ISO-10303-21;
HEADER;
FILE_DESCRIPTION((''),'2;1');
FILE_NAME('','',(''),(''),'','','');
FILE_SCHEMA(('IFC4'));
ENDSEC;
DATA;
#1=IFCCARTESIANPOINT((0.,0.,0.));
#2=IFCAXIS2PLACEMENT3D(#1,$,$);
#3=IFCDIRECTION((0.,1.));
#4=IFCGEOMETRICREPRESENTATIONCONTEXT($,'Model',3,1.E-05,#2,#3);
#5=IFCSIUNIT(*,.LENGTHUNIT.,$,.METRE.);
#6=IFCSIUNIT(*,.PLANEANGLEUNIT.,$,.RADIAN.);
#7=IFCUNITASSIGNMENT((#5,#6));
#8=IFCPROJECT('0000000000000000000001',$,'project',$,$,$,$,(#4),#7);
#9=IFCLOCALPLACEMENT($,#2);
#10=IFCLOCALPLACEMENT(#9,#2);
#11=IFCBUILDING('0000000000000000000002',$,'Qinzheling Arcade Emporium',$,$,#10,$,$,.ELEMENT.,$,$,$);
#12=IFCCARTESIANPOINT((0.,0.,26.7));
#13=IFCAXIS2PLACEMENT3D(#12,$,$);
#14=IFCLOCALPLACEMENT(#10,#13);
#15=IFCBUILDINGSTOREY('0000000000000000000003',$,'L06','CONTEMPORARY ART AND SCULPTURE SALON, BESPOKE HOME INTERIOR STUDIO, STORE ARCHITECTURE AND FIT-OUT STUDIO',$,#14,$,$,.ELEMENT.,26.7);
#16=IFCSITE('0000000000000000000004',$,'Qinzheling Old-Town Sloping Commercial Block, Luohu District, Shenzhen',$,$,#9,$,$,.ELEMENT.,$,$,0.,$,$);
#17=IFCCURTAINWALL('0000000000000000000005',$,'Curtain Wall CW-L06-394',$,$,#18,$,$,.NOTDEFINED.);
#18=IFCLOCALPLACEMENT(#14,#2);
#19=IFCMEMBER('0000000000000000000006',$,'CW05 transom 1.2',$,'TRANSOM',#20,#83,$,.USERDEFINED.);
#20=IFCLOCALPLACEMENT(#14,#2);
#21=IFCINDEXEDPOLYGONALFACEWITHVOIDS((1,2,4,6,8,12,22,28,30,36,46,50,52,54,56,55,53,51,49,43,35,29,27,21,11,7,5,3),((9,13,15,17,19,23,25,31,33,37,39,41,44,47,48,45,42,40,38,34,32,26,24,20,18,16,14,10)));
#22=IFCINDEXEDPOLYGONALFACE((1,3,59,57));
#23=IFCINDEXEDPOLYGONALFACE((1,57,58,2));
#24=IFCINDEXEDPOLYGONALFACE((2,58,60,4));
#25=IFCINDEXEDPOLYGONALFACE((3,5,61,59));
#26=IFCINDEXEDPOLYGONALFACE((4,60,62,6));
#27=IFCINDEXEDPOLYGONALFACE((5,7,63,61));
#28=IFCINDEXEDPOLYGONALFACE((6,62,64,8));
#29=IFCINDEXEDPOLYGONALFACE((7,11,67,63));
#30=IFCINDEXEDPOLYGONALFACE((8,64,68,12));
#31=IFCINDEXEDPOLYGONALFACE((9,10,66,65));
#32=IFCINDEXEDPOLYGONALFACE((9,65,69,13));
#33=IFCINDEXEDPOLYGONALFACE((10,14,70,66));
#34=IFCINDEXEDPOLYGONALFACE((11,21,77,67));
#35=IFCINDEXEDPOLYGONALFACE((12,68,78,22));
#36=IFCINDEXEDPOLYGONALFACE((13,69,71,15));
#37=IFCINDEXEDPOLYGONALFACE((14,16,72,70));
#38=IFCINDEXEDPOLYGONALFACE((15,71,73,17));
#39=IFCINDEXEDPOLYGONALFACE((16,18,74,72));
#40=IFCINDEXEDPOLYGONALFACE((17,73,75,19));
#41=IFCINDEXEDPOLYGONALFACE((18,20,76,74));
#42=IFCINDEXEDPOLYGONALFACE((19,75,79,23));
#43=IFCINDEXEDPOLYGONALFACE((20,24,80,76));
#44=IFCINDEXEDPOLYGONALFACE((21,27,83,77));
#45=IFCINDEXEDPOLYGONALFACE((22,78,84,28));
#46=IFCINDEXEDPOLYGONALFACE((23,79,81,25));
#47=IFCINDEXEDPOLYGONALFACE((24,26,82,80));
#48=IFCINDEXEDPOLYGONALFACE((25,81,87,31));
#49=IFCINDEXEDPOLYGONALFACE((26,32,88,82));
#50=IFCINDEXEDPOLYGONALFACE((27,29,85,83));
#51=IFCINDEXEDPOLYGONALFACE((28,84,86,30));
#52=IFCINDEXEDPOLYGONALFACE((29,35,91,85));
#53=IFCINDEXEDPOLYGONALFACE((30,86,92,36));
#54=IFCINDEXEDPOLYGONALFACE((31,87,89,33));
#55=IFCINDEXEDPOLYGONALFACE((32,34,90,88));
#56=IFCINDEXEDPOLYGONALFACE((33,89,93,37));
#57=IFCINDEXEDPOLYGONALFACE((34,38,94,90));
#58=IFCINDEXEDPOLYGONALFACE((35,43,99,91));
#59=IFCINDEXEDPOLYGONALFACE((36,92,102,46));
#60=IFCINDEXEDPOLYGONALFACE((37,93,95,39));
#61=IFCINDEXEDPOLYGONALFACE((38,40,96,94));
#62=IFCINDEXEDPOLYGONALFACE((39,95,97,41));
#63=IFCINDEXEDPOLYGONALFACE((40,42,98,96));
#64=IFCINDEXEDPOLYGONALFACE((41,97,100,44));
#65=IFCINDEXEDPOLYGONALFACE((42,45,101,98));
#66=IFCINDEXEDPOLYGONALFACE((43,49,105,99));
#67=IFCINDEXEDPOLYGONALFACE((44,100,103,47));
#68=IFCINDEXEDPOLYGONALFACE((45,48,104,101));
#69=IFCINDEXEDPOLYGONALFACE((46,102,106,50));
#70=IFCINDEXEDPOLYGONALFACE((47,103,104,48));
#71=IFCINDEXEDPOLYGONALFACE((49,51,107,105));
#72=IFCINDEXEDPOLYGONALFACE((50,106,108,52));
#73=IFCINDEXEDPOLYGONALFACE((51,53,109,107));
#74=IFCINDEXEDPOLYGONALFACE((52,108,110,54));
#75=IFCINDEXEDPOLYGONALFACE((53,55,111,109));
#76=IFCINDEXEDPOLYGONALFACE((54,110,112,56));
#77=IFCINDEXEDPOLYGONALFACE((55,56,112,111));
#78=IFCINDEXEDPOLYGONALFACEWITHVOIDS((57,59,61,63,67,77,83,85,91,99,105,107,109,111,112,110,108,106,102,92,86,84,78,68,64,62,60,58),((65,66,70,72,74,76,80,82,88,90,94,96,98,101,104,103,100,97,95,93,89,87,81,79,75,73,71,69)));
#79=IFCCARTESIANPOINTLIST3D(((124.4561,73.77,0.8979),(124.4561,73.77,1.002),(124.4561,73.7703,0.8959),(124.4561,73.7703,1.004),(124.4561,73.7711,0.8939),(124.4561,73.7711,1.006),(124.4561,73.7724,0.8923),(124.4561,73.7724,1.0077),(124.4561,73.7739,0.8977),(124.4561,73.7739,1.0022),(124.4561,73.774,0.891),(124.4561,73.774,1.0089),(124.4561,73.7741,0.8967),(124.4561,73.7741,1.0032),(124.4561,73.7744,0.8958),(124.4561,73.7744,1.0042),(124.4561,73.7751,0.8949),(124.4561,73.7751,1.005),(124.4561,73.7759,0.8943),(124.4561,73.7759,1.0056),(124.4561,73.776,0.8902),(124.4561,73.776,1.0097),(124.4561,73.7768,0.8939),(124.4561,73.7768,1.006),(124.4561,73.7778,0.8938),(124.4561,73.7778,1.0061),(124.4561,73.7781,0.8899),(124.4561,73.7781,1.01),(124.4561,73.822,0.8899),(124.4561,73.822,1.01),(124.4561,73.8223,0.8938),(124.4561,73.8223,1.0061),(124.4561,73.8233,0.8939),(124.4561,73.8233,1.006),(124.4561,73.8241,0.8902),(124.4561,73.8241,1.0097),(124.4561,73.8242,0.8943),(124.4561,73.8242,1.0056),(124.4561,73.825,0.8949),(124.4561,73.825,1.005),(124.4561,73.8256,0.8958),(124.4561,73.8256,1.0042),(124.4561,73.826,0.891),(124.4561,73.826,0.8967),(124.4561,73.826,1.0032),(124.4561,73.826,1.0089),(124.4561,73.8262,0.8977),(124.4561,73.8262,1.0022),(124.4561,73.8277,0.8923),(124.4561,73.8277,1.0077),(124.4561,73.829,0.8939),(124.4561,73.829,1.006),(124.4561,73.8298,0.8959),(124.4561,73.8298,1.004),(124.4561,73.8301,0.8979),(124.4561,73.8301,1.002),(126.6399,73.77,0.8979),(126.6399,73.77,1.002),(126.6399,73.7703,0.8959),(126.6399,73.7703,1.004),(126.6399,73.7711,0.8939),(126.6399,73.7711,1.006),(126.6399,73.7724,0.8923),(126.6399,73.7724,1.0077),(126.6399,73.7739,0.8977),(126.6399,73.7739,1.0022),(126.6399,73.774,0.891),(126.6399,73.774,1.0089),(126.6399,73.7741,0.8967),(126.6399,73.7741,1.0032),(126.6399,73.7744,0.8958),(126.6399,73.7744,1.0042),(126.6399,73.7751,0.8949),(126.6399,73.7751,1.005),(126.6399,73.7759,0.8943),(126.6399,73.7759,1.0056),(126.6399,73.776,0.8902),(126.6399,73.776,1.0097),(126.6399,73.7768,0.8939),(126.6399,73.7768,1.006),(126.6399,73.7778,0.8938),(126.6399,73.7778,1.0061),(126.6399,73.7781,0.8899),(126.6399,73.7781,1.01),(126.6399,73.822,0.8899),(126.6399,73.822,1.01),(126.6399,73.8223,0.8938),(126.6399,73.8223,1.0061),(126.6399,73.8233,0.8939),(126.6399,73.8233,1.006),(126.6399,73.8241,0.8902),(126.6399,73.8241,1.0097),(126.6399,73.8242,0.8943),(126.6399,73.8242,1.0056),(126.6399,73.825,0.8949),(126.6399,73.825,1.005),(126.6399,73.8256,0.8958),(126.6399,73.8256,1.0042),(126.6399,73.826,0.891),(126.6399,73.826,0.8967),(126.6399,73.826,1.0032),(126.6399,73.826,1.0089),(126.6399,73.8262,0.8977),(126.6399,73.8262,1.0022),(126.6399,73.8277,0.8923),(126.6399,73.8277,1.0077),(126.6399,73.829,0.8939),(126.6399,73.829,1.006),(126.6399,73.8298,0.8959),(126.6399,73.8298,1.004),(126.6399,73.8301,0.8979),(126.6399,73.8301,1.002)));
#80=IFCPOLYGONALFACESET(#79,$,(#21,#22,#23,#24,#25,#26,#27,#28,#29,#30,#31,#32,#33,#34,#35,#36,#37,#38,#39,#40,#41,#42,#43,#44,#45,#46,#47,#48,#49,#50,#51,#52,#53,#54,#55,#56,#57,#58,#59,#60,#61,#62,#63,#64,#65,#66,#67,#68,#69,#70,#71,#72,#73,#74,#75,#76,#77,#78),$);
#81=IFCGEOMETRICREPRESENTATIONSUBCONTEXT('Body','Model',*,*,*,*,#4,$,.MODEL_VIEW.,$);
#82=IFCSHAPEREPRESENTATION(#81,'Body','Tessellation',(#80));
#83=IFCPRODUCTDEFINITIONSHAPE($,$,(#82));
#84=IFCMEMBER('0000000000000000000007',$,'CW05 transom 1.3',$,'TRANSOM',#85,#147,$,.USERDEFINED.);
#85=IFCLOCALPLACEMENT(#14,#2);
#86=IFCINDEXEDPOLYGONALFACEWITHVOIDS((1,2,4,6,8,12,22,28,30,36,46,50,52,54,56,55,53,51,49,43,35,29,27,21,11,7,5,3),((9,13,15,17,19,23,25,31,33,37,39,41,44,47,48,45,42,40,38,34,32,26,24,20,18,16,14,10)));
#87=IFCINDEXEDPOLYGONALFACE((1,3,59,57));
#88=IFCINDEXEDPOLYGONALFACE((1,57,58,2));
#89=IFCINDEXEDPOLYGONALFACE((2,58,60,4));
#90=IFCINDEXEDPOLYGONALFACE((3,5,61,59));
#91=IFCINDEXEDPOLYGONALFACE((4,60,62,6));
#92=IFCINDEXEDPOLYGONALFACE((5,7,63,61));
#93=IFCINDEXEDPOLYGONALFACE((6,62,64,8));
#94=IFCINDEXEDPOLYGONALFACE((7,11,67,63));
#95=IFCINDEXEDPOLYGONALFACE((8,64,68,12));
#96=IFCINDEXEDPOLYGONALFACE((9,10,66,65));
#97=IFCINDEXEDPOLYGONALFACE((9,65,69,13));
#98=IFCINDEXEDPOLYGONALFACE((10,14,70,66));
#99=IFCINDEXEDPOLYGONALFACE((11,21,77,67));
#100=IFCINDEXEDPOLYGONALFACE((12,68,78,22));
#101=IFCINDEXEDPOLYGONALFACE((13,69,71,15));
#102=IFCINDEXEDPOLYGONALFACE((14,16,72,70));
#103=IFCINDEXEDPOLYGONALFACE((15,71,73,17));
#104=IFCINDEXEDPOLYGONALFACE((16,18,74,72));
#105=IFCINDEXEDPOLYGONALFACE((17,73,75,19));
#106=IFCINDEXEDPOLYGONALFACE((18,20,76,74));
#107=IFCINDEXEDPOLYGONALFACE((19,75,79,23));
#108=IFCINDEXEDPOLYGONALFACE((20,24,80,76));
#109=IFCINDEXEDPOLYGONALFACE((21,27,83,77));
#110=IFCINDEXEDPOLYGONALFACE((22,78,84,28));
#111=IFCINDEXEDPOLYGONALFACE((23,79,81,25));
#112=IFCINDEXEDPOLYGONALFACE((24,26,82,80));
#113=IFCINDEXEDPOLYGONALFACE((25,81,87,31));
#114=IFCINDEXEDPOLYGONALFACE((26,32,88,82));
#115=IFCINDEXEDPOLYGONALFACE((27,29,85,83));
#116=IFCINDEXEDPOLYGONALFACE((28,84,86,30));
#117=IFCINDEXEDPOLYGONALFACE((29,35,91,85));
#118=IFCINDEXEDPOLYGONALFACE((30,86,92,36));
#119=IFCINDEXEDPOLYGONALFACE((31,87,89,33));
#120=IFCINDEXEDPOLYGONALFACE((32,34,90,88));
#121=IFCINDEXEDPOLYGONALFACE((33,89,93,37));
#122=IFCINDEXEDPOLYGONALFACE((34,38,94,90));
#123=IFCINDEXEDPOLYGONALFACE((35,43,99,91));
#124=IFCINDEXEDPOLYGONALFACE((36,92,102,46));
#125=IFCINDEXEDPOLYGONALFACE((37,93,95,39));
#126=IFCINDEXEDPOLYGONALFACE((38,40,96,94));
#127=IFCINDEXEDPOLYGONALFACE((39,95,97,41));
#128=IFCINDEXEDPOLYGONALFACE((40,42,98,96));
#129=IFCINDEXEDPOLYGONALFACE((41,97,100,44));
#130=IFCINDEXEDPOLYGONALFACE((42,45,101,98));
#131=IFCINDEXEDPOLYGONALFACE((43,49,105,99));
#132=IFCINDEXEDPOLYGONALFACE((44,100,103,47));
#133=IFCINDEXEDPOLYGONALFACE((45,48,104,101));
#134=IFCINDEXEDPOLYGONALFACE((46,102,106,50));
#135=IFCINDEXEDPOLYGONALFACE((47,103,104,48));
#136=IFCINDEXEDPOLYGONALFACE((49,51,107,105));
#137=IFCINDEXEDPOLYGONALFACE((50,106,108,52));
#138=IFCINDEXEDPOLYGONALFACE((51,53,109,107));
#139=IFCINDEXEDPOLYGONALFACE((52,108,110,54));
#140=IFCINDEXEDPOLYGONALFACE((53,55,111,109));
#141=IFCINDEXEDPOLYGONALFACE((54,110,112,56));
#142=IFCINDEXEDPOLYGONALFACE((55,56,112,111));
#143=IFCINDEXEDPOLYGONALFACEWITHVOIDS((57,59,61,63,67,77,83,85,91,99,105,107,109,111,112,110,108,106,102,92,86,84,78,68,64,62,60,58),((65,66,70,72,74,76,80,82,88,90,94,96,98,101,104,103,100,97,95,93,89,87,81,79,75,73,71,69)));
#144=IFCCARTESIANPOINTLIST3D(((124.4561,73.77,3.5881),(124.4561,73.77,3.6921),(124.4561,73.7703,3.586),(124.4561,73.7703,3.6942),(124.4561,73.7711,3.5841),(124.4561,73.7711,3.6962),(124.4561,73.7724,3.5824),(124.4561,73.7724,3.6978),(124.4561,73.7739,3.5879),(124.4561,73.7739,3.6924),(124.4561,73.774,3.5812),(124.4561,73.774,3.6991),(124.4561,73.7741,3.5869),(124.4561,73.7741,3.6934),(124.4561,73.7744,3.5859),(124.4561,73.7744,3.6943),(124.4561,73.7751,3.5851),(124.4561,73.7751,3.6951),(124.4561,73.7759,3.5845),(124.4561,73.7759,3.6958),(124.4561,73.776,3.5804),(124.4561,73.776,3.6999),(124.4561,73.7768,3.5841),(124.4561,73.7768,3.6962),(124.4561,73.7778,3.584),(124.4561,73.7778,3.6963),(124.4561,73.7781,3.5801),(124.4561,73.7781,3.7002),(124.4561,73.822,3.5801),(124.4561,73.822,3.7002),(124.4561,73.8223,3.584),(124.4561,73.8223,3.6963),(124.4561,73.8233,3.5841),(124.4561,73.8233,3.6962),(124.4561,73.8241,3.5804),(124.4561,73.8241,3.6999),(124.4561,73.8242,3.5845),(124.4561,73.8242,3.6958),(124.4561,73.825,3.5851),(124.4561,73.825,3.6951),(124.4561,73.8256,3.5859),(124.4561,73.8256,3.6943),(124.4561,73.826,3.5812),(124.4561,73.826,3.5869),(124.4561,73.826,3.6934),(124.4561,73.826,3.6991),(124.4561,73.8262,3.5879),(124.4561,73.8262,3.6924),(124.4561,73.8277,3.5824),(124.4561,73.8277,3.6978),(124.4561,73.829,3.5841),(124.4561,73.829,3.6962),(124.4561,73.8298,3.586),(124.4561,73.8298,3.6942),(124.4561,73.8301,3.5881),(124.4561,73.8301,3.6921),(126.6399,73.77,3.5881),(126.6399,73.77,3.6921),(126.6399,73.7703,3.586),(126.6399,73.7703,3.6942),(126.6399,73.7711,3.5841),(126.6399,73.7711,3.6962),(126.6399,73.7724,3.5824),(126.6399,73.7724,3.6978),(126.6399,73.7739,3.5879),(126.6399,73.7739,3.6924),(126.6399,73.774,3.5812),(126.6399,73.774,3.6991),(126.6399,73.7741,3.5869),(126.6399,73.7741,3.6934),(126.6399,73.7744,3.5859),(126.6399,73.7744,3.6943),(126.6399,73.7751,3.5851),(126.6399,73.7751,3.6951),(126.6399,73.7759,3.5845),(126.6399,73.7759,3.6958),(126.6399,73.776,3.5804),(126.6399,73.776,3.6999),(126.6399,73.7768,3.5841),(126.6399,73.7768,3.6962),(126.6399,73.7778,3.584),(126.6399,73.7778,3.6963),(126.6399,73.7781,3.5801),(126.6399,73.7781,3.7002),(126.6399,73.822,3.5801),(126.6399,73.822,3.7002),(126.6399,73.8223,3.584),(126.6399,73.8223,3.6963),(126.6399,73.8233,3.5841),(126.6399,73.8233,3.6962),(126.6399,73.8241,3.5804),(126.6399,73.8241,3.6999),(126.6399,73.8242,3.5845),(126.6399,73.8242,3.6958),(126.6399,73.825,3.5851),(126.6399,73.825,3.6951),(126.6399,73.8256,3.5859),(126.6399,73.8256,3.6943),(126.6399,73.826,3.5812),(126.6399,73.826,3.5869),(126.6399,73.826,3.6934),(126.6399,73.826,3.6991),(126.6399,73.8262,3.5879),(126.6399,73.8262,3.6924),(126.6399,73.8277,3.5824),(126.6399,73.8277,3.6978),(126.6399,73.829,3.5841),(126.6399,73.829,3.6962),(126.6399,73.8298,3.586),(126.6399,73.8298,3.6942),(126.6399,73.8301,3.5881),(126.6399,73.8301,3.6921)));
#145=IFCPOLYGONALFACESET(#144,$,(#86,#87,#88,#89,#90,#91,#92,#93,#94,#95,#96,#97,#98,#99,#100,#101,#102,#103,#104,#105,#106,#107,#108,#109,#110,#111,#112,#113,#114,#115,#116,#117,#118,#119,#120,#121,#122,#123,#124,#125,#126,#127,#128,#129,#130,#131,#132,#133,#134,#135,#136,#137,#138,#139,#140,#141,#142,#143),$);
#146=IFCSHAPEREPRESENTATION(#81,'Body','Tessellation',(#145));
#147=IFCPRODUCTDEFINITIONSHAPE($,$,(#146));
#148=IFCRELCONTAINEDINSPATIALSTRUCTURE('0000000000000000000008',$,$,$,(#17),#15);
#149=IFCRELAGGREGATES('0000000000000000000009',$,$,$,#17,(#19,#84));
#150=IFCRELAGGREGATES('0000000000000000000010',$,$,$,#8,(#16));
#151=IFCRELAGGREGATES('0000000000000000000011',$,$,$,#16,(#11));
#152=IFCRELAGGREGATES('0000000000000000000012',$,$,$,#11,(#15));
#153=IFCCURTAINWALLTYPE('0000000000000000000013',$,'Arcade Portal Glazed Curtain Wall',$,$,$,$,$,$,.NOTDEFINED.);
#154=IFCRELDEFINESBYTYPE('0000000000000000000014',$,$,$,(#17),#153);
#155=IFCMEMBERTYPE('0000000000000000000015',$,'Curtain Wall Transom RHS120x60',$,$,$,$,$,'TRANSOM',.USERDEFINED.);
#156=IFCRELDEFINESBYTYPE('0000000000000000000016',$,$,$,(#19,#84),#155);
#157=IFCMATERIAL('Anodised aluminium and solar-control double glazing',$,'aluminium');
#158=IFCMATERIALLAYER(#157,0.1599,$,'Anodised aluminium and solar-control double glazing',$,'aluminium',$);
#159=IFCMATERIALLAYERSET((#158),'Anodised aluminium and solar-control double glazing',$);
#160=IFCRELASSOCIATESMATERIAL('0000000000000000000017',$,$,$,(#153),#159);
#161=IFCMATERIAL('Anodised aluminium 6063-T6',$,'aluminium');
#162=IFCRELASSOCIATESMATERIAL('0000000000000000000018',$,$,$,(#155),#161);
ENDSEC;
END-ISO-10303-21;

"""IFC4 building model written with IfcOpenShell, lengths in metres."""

from ifc_helpers import new_model, si_unit, direction, frame, origin, origin_2d, place, context, subcontext, project, spatial, hollow_rectangle, extrude, material, layer, layer_set, material_profile, profile_set, type_object, element, aggregate, save


model = new_model("IFC4")

# Units and contexts
model_context = context("Model", 3, precision=1e-05, world=origin(), true_north=direction((0.0, 1.0)))
body_context = subcontext(model_context, "Body", "Model", "MODEL_VIEW")
ifc_project = project(units=[si_unit("LENGTHUNIT", "METRE"), si_unit("PLANEANGLEUNIT", "RADIAN")], contexts=[model_context])

# Site, building, storey
site_placement = place(None, origin())
site = spatial("IfcSite", under=ifc_project, at=site_placement, Name="Qinzheling Old-Town Sloping Commercial Block, Luohu District, Shenzhen", CompositionType="ELEMENT", RefElevation=0.0)
building_placement = place(site_placement, origin())
building = spatial("IfcBuilding", under=site, at=building_placement, Name="Qinzheling Arcade Emporium", CompositionType="ELEMENT")
storey_placement = place(building_placement, frame((0.0, 0.0, 26.7)))
storey = spatial("IfcBuildingStorey", under=building, at=storey_placement, Name="L06", Description="CONTEMPORARY ART AND SCULPTURE SALON, BESPOKE HOME INTERIOR STUDIO, STORE ARCHITECTURE AND FIT-OUT STUDIO", CompositionType="ELEMENT", Elevation=26.7)

# Curtain wall, members
ifc_material_1 = material(Name="Anodised aluminium and solar-control double glazing", Category="aluminium")
ifc_layer_1 = layer(ifc_material_1, 0.1599, Name="Anodised aluminium and solar-control double glazing", Category="aluminium")
ifc_layer_set_1 = layer_set([ifc_layer_1], Name="Anodised aluminium and solar-control double glazing")
curtain_wall_type = type_object("IfcCurtainWallType", Name="Arcade Portal Glazed Curtain Wall", PredefinedType="NOTDEFINED", material=ifc_layer_set_1)
curtain_wall_placement = place(storey_placement, origin())
curtain_wall = element("IfcCurtainWall", 1, at=curtain_wall_placement, inside=storey, type_object=curtain_wall_type, Name="Curtain Wall CW-L06-394", PredefinedType="NOTDEFINED")
ifc_material_2 = material(Name="Anodised aluminium 6063-T6", Category="aluminium")
ifc_material_profile_1 = material_profile(ifc_material_2, hollow_rectangle(XDim=0.0601, YDim=0.1201, WallThickness=0.0039, InnerFilletRadius=0.0039, OuterFilletRadius=0.0081, at=origin_2d()), Name="RHS 120x60x4", Category="aluminium")
ifc_profile_set_1 = profile_set([ifc_material_profile_1], Name="Anodised aluminium 6063-T6")
member_type_1 = type_object("IfcMemberType", Name="Curtain Wall Transom RHS120x60", ElementType="TRANSOM", PredefinedType="USERDEFINED", material=ifc_profile_set_1)
member_1_placement = place(storey_placement, frame((126.6399, 73.8, 0.95), z_axis=(-1.0, 0.0, 0.0), x_axis=(0.0, -1.0, 0.0)))
member_1 = element("IfcMember", 2, at=member_1_placement, type_object=member_type_1, Name="CW05 transom 1.2", ObjectType="TRANSOM", PredefinedType="USERDEFINED", context=body_context, shape_type="SweptSolid", body=[
    extrude(hollow_rectangle(XDim=0.0601, YDim=0.1201, WallThickness=0.0039, InnerFilletRadius=0.0039, OuterFilletRadius=0.0081, at=origin_2d()), origin(), (0.0, 0.0, 1.0), 2.1838),
])
member_2_placement = place(storey_placement, frame((126.6399, 73.8, 3.6401), z_axis=(-1.0, 0.0, 0.0), x_axis=(0.0, -1.0, 0.0)))
member_2 = element("IfcMember", 3, at=member_2_placement, type_object=member_type_1, Name="CW05 transom 1.3", ObjectType="TRANSOM", PredefinedType="USERDEFINED", context=body_context, shape_type="SweptSolid", body=[
    extrude(hollow_rectangle(XDim=0.0601, YDim=0.1201, WallThickness=0.0039, InnerFilletRadius=0.0039, OuterFilletRadius=0.0081, at=origin_2d()), origin(), (0.0, 0.0, 1.0), 2.1838),
])

aggregate(curtain_wall, [member_1, member_2])

save(model, "model.ifc")
